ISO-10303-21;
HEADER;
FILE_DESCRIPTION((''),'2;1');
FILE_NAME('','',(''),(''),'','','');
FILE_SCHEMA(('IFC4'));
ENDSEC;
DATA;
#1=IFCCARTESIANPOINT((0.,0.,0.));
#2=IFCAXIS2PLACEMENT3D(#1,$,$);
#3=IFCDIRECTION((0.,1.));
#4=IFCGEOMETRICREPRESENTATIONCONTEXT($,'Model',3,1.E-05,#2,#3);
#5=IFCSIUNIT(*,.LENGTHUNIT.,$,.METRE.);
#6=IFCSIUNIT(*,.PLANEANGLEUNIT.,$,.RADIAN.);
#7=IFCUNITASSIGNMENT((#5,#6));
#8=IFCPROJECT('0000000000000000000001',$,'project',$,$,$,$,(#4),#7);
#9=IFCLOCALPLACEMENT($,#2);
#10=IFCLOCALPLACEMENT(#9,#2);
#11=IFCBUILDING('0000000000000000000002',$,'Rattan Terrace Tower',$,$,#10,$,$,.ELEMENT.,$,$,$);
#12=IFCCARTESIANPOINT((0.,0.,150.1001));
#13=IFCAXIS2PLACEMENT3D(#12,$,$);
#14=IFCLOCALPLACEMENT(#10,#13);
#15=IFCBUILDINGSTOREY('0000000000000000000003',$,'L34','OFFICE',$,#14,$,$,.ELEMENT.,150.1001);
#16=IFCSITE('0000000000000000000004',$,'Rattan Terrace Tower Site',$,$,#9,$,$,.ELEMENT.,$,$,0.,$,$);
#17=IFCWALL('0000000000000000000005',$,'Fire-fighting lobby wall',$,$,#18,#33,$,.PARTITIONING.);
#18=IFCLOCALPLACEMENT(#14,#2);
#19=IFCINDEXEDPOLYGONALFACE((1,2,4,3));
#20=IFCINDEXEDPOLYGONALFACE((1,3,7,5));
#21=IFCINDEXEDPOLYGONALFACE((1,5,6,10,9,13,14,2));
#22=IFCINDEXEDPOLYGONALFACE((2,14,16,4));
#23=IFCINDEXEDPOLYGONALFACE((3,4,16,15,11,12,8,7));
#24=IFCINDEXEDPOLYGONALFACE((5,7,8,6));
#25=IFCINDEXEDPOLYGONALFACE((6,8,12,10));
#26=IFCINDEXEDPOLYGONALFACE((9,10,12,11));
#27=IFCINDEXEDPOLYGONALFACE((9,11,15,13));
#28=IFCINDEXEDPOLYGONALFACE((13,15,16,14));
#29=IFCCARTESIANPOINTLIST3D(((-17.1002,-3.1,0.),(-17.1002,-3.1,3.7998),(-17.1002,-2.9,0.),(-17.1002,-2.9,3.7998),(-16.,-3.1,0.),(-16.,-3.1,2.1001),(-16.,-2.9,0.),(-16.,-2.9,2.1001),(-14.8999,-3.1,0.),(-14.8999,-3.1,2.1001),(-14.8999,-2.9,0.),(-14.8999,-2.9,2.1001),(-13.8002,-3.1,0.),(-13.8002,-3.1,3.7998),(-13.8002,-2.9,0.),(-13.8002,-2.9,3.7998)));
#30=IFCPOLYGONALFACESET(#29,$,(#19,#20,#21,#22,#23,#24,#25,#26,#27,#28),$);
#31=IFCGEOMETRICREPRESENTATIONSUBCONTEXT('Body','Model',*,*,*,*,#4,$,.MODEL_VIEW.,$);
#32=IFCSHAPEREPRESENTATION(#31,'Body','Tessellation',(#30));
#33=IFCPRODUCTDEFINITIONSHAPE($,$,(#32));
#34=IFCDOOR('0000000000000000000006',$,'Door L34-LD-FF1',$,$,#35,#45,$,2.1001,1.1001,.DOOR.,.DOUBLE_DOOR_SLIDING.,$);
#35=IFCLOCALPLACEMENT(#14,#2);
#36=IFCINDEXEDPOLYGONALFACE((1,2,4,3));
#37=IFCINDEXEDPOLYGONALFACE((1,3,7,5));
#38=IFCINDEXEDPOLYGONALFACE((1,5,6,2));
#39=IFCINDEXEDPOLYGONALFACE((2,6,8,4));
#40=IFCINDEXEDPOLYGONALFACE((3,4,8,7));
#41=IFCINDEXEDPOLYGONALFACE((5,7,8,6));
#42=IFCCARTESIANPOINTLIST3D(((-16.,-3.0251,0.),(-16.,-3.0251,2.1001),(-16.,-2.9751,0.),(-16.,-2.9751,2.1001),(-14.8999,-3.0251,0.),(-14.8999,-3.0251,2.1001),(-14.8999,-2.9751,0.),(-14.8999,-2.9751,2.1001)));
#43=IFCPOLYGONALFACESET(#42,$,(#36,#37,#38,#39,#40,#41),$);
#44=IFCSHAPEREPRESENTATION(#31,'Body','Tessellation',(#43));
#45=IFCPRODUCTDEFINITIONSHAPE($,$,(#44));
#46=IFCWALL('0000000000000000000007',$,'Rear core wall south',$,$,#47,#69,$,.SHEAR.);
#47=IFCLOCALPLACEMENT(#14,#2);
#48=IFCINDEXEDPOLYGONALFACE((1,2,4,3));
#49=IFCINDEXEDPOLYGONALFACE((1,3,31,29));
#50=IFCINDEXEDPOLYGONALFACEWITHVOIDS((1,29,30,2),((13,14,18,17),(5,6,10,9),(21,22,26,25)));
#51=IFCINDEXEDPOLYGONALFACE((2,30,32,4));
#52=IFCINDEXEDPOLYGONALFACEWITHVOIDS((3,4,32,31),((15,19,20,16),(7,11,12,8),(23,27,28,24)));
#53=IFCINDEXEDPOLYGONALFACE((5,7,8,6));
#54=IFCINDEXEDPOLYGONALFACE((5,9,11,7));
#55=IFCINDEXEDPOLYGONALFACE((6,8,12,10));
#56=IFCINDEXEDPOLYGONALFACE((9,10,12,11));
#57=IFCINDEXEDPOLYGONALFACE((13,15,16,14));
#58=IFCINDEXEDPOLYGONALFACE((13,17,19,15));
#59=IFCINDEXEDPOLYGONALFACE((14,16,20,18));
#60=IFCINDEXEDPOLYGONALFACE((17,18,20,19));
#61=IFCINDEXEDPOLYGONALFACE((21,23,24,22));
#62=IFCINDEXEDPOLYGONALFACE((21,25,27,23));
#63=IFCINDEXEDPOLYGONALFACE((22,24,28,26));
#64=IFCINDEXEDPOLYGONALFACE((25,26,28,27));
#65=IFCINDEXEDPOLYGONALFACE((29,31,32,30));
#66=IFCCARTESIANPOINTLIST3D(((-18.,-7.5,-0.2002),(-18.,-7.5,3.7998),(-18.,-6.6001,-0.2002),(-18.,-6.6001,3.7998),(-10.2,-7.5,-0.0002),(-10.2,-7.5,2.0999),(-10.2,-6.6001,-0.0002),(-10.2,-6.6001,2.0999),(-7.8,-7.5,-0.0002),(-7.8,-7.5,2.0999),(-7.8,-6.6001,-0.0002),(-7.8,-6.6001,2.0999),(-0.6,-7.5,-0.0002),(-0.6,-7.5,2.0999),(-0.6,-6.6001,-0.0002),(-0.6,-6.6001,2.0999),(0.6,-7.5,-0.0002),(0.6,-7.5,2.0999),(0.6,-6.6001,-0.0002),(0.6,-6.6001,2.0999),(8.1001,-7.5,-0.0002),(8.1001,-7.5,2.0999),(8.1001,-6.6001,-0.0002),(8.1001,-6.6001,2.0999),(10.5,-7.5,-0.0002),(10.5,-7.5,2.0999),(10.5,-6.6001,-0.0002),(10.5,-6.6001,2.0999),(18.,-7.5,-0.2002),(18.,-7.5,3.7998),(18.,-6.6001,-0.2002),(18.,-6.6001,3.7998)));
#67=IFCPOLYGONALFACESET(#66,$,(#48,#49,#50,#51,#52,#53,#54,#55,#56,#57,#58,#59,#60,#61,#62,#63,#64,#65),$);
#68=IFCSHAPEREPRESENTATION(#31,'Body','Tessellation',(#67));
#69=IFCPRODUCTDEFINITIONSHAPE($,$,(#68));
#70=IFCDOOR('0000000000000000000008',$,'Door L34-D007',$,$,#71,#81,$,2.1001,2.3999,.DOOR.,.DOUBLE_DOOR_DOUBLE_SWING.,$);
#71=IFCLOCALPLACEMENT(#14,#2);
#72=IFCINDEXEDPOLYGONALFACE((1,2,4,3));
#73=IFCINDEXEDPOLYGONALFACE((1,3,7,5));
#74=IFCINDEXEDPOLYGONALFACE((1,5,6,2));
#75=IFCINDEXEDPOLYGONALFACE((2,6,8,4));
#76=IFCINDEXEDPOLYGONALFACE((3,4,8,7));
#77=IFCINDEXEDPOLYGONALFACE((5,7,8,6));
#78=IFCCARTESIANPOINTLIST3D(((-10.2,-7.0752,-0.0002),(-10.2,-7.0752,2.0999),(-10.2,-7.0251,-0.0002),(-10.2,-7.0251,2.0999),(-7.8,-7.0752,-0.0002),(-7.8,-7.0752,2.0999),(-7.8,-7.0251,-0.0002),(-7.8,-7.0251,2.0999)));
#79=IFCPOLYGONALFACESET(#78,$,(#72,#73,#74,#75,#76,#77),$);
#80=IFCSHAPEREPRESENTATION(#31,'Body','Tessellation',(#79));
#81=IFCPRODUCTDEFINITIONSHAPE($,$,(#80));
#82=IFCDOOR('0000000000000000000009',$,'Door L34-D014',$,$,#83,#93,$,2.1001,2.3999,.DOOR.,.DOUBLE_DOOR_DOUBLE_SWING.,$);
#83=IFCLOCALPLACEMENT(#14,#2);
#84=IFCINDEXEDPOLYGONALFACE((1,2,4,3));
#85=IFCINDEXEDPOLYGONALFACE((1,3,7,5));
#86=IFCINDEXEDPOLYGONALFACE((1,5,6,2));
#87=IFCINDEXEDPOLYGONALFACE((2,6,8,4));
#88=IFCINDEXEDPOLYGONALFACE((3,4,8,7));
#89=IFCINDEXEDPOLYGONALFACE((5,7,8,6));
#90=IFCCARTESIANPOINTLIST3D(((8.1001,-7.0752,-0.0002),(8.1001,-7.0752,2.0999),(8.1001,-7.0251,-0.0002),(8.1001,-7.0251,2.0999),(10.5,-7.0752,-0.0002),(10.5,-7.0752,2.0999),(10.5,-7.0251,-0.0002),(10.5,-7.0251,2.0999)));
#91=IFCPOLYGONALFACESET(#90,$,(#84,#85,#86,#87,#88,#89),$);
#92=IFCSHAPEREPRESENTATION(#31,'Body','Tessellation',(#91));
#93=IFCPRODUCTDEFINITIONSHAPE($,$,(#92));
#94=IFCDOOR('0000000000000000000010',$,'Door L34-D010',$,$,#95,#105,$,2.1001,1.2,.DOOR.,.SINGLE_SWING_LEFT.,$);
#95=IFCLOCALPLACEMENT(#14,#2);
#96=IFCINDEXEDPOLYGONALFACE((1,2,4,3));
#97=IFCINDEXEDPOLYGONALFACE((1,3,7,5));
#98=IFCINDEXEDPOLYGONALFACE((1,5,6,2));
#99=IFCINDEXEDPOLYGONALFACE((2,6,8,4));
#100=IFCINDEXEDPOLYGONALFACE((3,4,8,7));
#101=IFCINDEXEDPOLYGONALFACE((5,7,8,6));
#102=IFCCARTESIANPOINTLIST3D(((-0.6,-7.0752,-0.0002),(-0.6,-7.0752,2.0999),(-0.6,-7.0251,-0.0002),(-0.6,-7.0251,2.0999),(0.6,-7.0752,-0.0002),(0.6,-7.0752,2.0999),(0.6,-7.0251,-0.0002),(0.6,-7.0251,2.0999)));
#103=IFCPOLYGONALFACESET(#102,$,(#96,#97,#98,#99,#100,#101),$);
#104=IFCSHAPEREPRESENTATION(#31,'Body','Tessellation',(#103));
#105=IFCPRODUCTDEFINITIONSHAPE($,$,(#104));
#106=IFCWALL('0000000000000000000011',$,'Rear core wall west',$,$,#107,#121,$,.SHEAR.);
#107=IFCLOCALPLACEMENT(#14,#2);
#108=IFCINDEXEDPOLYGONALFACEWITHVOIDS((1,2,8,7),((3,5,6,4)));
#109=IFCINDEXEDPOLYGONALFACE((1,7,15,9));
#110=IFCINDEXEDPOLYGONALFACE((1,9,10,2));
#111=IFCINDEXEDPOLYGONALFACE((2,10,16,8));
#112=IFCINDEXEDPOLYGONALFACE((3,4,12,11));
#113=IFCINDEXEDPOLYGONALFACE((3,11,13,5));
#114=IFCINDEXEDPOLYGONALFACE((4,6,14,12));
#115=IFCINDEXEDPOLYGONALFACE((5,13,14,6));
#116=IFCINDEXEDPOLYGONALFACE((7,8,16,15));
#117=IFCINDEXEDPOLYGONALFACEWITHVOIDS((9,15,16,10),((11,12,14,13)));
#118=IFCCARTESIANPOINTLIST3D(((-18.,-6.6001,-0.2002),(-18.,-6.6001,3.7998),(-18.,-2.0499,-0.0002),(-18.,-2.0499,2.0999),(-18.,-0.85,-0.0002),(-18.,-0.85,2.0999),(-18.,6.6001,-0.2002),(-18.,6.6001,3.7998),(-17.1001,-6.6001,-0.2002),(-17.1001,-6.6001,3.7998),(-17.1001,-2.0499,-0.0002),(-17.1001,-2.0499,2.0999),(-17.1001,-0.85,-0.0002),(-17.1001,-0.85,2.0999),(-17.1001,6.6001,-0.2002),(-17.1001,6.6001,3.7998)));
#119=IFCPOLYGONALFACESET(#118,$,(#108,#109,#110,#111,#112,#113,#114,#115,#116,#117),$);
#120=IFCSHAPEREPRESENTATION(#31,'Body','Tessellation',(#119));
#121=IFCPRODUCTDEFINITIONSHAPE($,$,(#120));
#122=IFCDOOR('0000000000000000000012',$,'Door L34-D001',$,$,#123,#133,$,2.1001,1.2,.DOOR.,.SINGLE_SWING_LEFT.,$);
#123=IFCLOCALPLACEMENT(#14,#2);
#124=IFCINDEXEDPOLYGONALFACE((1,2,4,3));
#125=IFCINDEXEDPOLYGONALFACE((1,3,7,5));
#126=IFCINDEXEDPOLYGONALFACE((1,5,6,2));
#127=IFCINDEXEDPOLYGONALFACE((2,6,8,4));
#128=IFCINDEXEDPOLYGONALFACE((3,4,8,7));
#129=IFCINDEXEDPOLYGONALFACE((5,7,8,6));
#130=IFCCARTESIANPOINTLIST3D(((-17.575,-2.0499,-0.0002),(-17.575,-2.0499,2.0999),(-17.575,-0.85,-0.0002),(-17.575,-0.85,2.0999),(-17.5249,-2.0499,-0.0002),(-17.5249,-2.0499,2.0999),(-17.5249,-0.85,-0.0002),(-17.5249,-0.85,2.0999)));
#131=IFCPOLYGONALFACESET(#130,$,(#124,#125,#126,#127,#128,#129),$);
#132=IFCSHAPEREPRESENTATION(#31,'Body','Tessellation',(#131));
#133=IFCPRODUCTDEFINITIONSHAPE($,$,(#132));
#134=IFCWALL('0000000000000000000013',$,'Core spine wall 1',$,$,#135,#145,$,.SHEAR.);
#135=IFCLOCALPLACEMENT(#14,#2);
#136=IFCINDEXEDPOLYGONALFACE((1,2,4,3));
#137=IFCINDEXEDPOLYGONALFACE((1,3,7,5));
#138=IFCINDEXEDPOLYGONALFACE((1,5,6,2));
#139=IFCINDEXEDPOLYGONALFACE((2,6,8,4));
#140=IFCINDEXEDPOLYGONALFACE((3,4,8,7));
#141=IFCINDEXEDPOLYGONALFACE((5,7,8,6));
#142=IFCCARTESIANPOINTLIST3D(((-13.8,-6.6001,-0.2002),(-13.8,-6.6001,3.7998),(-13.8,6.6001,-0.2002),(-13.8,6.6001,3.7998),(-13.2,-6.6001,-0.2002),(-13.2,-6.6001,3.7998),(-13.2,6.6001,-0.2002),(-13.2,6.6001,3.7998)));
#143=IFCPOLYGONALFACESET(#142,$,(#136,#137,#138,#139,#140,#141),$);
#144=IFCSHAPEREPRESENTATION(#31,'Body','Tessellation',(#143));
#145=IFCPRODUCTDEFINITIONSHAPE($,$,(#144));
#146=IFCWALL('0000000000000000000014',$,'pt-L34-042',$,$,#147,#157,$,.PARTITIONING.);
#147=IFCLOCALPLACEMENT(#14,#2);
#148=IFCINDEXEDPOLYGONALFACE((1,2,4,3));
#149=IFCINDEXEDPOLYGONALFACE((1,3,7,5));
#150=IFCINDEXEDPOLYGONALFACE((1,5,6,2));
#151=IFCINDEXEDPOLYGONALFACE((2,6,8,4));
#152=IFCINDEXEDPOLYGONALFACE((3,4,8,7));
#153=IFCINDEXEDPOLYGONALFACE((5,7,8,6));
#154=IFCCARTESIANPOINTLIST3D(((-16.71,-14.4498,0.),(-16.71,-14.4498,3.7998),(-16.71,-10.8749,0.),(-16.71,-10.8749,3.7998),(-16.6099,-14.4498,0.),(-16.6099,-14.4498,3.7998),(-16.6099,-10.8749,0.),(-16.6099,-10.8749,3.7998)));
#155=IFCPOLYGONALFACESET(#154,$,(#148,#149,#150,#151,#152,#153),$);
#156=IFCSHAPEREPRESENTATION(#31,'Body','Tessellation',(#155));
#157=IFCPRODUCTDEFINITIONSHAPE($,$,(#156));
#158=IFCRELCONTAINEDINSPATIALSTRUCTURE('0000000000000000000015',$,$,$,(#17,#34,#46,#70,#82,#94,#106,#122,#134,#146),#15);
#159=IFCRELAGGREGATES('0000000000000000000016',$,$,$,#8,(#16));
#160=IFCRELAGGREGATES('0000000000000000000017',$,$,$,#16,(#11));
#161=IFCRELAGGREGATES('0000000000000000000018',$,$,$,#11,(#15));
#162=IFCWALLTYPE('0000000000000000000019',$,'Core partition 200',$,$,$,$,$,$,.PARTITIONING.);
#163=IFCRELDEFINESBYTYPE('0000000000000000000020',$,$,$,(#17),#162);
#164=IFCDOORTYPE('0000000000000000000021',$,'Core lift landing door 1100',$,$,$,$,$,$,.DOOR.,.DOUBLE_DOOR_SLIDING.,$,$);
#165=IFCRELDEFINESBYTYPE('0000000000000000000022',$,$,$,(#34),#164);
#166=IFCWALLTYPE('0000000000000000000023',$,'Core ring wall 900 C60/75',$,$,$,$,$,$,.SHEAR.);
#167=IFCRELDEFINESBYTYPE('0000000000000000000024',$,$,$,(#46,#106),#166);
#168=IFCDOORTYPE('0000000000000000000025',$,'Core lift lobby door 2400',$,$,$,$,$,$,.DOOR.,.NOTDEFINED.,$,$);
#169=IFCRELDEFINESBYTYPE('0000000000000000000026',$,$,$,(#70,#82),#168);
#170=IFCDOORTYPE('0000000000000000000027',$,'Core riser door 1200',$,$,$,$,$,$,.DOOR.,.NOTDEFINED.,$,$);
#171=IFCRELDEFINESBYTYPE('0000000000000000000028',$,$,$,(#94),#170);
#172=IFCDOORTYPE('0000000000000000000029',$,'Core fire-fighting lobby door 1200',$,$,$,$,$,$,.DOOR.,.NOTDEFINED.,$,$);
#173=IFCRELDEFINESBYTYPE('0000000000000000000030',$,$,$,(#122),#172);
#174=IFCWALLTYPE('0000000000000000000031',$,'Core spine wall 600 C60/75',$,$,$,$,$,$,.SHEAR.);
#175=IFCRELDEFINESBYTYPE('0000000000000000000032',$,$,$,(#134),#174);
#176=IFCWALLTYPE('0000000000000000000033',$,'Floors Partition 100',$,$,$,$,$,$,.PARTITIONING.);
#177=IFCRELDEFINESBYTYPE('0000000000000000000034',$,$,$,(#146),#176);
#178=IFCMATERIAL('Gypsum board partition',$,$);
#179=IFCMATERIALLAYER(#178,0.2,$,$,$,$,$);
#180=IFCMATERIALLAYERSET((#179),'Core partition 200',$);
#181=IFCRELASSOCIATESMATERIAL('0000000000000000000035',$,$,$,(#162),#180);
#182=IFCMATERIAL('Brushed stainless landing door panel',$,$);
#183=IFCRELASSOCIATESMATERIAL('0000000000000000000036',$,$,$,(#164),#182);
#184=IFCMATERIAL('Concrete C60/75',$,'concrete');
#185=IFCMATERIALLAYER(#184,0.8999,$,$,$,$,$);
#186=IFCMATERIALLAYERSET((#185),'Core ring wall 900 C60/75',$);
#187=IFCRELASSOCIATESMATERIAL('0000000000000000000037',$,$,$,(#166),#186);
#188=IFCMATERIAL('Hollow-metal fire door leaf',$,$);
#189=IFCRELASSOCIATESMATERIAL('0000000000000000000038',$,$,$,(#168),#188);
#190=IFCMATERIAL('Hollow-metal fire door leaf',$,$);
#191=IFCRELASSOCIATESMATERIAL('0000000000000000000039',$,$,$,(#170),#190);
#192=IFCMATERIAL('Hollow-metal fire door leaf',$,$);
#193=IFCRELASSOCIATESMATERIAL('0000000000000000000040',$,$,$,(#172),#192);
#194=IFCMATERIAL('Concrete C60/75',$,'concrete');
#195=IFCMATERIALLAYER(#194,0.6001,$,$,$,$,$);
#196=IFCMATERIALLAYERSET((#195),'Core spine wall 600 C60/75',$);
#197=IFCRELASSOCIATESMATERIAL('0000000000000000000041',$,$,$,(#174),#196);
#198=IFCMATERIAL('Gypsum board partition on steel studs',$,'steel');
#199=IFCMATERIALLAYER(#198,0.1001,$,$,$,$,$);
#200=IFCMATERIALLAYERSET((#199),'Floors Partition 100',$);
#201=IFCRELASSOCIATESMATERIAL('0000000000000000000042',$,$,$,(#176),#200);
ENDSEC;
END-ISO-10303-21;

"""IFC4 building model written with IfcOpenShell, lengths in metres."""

from ifc_helpers import new_model, si_unit, direction, frame, frame_2d, origin, place, context, subcontext, project, spatial, rectangle, extrude, material, layer, layer_set, type_object, element, fill, save


model = new_model("IFC4")

# Units and contexts
model_context = context("Model", 3, precision=1e-05, world=origin(), true_north=direction((0.0, 1.0)))
body_context = subcontext(model_context, "Body", "Model", "MODEL_VIEW")
ifc_project = project(units=[si_unit("LENGTHUNIT", "METRE"), si_unit("PLANEANGLEUNIT", "RADIAN")], contexts=[model_context])

# Site, building, storey
site_placement = place(None, origin())
site = spatial("IfcSite", under=ifc_project, at=site_placement, Name="Rattan Terrace Tower Site", CompositionType="ELEMENT", RefElevation=0.0)
building_placement = place(site_placement, origin())
building = spatial("IfcBuilding", under=site, at=building_placement, Name="Rattan Terrace Tower", CompositionType="ELEMENT")
storey_placement = place(building_placement, frame((0.0, 0.0, 150.1001)))
storey = spatial("IfcBuildingStorey", under=building, at=storey_placement, Name="L34", Description="OFFICE", CompositionType="ELEMENT", Elevation=150.1001)

# Wall, opening, door
ifc_material_1 = material(Name="Gypsum board partition")
ifc_layer_1 = layer(ifc_material_1, 0.2)
ifc_layer_set_1 = layer_set([ifc_layer_1], Name="Core partition 200")
wall_type_1 = type_object("IfcWallType", Name="Core partition 200", PredefinedType="PARTITIONING", material=ifc_layer_set_1)
wall_1_placement = place(storey_placement, frame((-17.1001, -3.0, 0.0), z_axis=(0.0, 0.0, 1.0), x_axis=(1.0, 0.0, 0.0)))
wall_1 = element("IfcWall", 1, at=wall_1_placement, inside=storey, type_object=wall_type_1, Name="Fire-fighting lobby wall", PredefinedType="PARTITIONING", context=body_context, shape_type="SweptSolid", body=[
    extrude(rectangle(XDim=3.3, YDim=0.2, at=frame_2d((1.6499, 0.0))), origin(), (0.0, 0.0, 1.0), 3.7998),
])
opening_1_placement = place(wall_1_placement, frame((1.1001, 0.0, 0.0)))
opening_1 = element("IfcOpeningElement", 2, at=opening_1_placement, cuts=wall_1, PredefinedType="OPENING", context=body_context, shape_type="SweptSolid", body=[
    extrude(rectangle(XDim=1.1001, YDim=2.1001, at=frame_2d((0.55, 1.05))), frame((0.0, 0.1106, 0.0), z_axis=(0.0, -1.0, 0.0), x_axis=(1.0, 0.0, 0.0)), (0.0, 0.0, 1.0), 0.2209),
])
ifc_material_2 = material(Name="Brushed stainless landing door panel")
door_type_1 = type_object("IfcDoorType", Name="Core lift landing door 1100", OperationType="DOUBLE_DOOR_SLIDING", PredefinedType="DOOR", material=ifc_material_2)
door_1_placement = place(opening_1_placement, origin())
door_1 = element("IfcDoor", 3, at=door_1_placement, inside=storey, type_object=door_type_1, Name="Door L34-LD-FF1", OperationType="DOUBLE_DOOR_SLIDING", OverallHeight=2.1001, OverallWidth=1.1001, PredefinedType="DOOR", context=body_context, shape_type="SweptSolid", body=[
    extrude(rectangle(XDim=1.1001, YDim=2.1001, at=frame_2d((0.55, 1.05))), frame((0.0, 0.0249, 0.0), z_axis=(0.0, -1.0, 0.0), x_axis=(1.0, 0.0, 0.0)), (0.0, 0.0, 1.0), 0.05),
])
fill(opening_1, door_1)

# Wall, openings, doors
ifc_material_3 = material(Name="Concrete C60/75", Category="concrete")
ifc_layer_2 = layer(ifc_material_3, 0.8999)
ifc_layer_set_2 = layer_set([ifc_layer_2], Name="Core ring wall 900 C60/75")
wall_type_2 = type_object("IfcWallType", Name="Core ring wall 900 C60/75", PredefinedType="SHEAR", material=ifc_layer_set_2)
wall_2_placement = place(storey_placement, frame((-18.0, -7.05, -0.2002), z_axis=(0.0, 0.0, 1.0), x_axis=(1.0, 0.0, 0.0)))
wall_2 = element("IfcWall", 4, at=wall_2_placement, inside=storey, type_object=wall_type_2, Name="Rear core wall south", PredefinedType="SHEAR", context=body_context, shape_type="SweptSolid", body=[
    extrude(rectangle(XDim=36.0, YDim=0.8999, at=frame_2d((18.0, 0.0))), origin(), (0.0, 0.0, 1.0), 4.0),
])
opening_2_placement = place(wall_2_placement, frame((7.8, 0.0, 0.2)))
opening_2 = element("IfcOpeningElement", 5, at=opening_2_placement, cuts=wall_2, PredefinedType="OPENING", context=body_context, shape_type="SweptSolid", body=[
    extrude(rectangle(XDim=2.3999, YDim=2.1001, at=frame_2d((1.2, 1.05))), frame((0.0, 0.4604, 0.0), z_axis=(0.0, -1.0, 0.0), x_axis=(1.0, 0.0, 0.0)), (0.0, 0.0, 1.0), 0.9209),
])
opening_3_placement = place(wall_2_placement, frame((17.3999, 0.0, 0.2)))
opening_3 = element("IfcOpeningElement", 6, at=opening_3_placement, cuts=wall_2, PredefinedType="OPENING", context=body_context, shape_type="SweptSolid", body=[
    extrude(rectangle(XDim=1.2, YDim=2.1001, at=frame_2d((0.6001, 1.05))), frame((0.0, 0.4604, 0.0), z_axis=(0.0, -1.0, 0.0), x_axis=(1.0, 0.0, 0.0)), (0.0, 0.0, 1.0), 0.9209),
])
opening_4_placement = place(wall_2_placement, frame((26.1001, 0.0, 0.2)))
opening_4 = element("IfcOpeningElement", 7, at=opening_4_placement, cuts=wall_2, PredefinedType="OPENING", context=body_context, shape_type="SweptSolid", body=[
    extrude(rectangle(XDim=2.3999, YDim=2.1001, at=frame_2d((1.2, 1.05))), frame((0.0, 0.4604, 0.0), z_axis=(0.0, -1.0, 0.0), x_axis=(1.0, 0.0, 0.0)), (0.0, 0.0, 1.0), 0.9209),
])
ifc_material_4 = material(Name="Hollow-metal fire door leaf")
door_type_2 = type_object("IfcDoorType", Name="Core lift lobby door 2400", OperationType="NOTDEFINED", PredefinedType="DOOR", material=ifc_material_4)
door_2_placement = place(opening_2_placement, origin())
door_2 = element("IfcDoor", 8, at=door_2_placement, inside=storey, type_object=door_type_2, Name="Door L34-D007", OperationType="DOUBLE_DOOR_DOUBLE_SWING", OverallHeight=2.1001, OverallWidth=2.3999, PredefinedType="DOOR", context=body_context, shape_type="SweptSolid", body=[
    extrude(rectangle(XDim=2.3999, YDim=2.1001, at=frame_2d((1.2, 1.05))), frame((0.0, 0.0249, 0.0), z_axis=(0.0, -1.0, 0.0), x_axis=(1.0, 0.0, 0.0)), (0.0, 0.0, 1.0), 0.05),
])
fill(opening_2, door_2)
door_3_placement = place(opening_4_placement, origin())
door_3 = element("IfcDoor", 9, at=door_3_placement, inside=storey, type_object=door_type_2, Name="Door L34-D014", OperationType="DOUBLE_DOOR_DOUBLE_SWING", OverallHeight=2.1001, OverallWidth=2.3999, PredefinedType="DOOR", context=body_context, shape_type="SweptSolid", body=[
    extrude(rectangle(XDim=2.3999, YDim=2.1001, at=frame_2d((1.2, 1.05))), frame((0.0, 0.0249, 0.0), z_axis=(0.0, -1.0, 0.0), x_axis=(1.0, 0.0, 0.0)), (0.0, 0.0, 1.0), 0.05),
])
fill(opening_4, door_3)
ifc_material_5 = material(Name="Hollow-metal fire door leaf")
door_type_3 = type_object("IfcDoorType", Name="Core riser door 1200", OperationType="NOTDEFINED", PredefinedType="DOOR", material=ifc_material_5)
door_4_placement = place(opening_3_placement, origin())
door_4 = element("IfcDoor", 10, at=door_4_placement, inside=storey, type_object=door_type_3, Name="Door L34-D010", OperationType="SINGLE_SWING_LEFT", OverallHeight=2.1001, OverallWidth=1.2, PredefinedType="DOOR", context=body_context, shape_type="SweptSolid", body=[
    extrude(rectangle(XDim=1.2, YDim=2.1001, at=frame_2d((0.6001, 1.05))), frame((0.0, 0.0249, 0.0), z_axis=(0.0, -1.0, 0.0), x_axis=(1.0, 0.0, 0.0)), (0.0, 0.0, 1.0), 0.05),
])
fill(opening_3, door_4)

# Wall, opening, door
wall_3_placement = place(storey_placement, frame((-17.55, -6.6001, -0.2002), z_axis=(0.0, 0.0, 1.0), x_axis=(0.0, 1.0, 0.0)))
wall_3 = element("IfcWall", 11, at=wall_3_placement, inside=storey, type_object=wall_type_2, Name="Rear core wall west", PredefinedType="SHEAR", context=body_context, shape_type="SweptSolid", body=[
    extrude(rectangle(XDim=13.2002, YDim=0.8999, at=frame_2d((6.6001, 0.0))), origin(), (0.0, 0.0, 1.0), 4.0),
])
opening_5_placement = place(wall_3_placement, frame((4.55, 0.0, 0.2)))
opening_5 = element("IfcOpeningElement", 12, at=opening_5_placement, cuts=wall_3, PredefinedType="OPENING", context=body_context, shape_type="SweptSolid", body=[
    extrude(rectangle(XDim=1.2, YDim=2.1001, at=frame_2d((0.6001, 1.05))), frame((0.0, 0.4604, 0.0), z_axis=(0.0, -1.0, 0.0), x_axis=(1.0, 0.0, 0.0)), (0.0, 0.0, 1.0), 0.9209),
])
ifc_material_6 = material(Name="Hollow-metal fire door leaf")
door_type_4 = type_object("IfcDoorType", Name="Core fire-fighting lobby door 1200", OperationType="NOTDEFINED", PredefinedType="DOOR", material=ifc_material_6)
door_5_placement = place(opening_5_placement, origin())
door_5 = element("IfcDoor", 13, at=door_5_placement, inside=storey, type_object=door_type_4, Name="Door L34-D001", OperationType="SINGLE_SWING_LEFT", OverallHeight=2.1001, OverallWidth=1.2, PredefinedType="DOOR", context=body_context, shape_type="SweptSolid", body=[
    extrude(rectangle(XDim=1.2, YDim=2.1001, at=frame_2d((0.6001, 1.05))), frame((0.0, 0.0249, 0.0), z_axis=(0.0, -1.0, 0.0), x_axis=(1.0, 0.0, 0.0)), (0.0, 0.0, 1.0), 0.05),
])
fill(opening_5, door_5)

# Walls
ifc_material_7 = material(Name="Concrete C60/75", Category="concrete")
ifc_layer_3 = layer(ifc_material_7, 0.6001)
ifc_layer_set_3 = layer_set([ifc_layer_3], Name="Core spine wall 600 C60/75")
wall_type_3 = type_object("IfcWallType", Name="Core spine wall 600 C60/75", PredefinedType="SHEAR", material=ifc_layer_set_3)
wall_4_placement = place(storey_placement, frame((-13.5, -6.6001, -0.2002), z_axis=(0.0, 0.0, 1.0), x_axis=(0.0, 1.0, 0.0)))
element("IfcWall", 14, at=wall_4_placement, inside=storey, type_object=wall_type_3, Name="Core spine wall 1", PredefinedType="SHEAR", context=body_context, shape_type="SweptSolid", body=[
    extrude(rectangle(XDim=13.2002, YDim=0.6001, at=frame_2d((6.6001, 0.0))), origin(), (0.0, 0.0, 1.0), 4.0),
])
ifc_material_8 = material(Name="Gypsum board partition on steel studs", Category="steel")
ifc_layer_4 = layer(ifc_material_8, 0.1001)
ifc_layer_set_4 = layer_set([ifc_layer_4], Name="Floors Partition 100")
wall_type_4 = type_object("IfcWallType", Name="Floors Partition 100", PredefinedType="PARTITIONING", material=ifc_layer_set_4)
wall_5_placement = place(storey_placement, frame((-16.6599, -14.45, 0.0), z_axis=(0.0, 0.0, 1.0), x_axis=(0.0, 1.0, 0.0)))
element("IfcWall", 15, at=wall_5_placement, inside=storey, type_object=wall_type_4, Name="pt-L34-042", PredefinedType="PARTITIONING", context=body_context, shape_type="SweptSolid", body=[
    extrude(rectangle(XDim=3.575, YDim=0.1001, at=frame_2d((1.7876, 0.0))), origin(), (0.0, 0.0, 1.0), 3.7998),
])

save(model, "model.ifc")
